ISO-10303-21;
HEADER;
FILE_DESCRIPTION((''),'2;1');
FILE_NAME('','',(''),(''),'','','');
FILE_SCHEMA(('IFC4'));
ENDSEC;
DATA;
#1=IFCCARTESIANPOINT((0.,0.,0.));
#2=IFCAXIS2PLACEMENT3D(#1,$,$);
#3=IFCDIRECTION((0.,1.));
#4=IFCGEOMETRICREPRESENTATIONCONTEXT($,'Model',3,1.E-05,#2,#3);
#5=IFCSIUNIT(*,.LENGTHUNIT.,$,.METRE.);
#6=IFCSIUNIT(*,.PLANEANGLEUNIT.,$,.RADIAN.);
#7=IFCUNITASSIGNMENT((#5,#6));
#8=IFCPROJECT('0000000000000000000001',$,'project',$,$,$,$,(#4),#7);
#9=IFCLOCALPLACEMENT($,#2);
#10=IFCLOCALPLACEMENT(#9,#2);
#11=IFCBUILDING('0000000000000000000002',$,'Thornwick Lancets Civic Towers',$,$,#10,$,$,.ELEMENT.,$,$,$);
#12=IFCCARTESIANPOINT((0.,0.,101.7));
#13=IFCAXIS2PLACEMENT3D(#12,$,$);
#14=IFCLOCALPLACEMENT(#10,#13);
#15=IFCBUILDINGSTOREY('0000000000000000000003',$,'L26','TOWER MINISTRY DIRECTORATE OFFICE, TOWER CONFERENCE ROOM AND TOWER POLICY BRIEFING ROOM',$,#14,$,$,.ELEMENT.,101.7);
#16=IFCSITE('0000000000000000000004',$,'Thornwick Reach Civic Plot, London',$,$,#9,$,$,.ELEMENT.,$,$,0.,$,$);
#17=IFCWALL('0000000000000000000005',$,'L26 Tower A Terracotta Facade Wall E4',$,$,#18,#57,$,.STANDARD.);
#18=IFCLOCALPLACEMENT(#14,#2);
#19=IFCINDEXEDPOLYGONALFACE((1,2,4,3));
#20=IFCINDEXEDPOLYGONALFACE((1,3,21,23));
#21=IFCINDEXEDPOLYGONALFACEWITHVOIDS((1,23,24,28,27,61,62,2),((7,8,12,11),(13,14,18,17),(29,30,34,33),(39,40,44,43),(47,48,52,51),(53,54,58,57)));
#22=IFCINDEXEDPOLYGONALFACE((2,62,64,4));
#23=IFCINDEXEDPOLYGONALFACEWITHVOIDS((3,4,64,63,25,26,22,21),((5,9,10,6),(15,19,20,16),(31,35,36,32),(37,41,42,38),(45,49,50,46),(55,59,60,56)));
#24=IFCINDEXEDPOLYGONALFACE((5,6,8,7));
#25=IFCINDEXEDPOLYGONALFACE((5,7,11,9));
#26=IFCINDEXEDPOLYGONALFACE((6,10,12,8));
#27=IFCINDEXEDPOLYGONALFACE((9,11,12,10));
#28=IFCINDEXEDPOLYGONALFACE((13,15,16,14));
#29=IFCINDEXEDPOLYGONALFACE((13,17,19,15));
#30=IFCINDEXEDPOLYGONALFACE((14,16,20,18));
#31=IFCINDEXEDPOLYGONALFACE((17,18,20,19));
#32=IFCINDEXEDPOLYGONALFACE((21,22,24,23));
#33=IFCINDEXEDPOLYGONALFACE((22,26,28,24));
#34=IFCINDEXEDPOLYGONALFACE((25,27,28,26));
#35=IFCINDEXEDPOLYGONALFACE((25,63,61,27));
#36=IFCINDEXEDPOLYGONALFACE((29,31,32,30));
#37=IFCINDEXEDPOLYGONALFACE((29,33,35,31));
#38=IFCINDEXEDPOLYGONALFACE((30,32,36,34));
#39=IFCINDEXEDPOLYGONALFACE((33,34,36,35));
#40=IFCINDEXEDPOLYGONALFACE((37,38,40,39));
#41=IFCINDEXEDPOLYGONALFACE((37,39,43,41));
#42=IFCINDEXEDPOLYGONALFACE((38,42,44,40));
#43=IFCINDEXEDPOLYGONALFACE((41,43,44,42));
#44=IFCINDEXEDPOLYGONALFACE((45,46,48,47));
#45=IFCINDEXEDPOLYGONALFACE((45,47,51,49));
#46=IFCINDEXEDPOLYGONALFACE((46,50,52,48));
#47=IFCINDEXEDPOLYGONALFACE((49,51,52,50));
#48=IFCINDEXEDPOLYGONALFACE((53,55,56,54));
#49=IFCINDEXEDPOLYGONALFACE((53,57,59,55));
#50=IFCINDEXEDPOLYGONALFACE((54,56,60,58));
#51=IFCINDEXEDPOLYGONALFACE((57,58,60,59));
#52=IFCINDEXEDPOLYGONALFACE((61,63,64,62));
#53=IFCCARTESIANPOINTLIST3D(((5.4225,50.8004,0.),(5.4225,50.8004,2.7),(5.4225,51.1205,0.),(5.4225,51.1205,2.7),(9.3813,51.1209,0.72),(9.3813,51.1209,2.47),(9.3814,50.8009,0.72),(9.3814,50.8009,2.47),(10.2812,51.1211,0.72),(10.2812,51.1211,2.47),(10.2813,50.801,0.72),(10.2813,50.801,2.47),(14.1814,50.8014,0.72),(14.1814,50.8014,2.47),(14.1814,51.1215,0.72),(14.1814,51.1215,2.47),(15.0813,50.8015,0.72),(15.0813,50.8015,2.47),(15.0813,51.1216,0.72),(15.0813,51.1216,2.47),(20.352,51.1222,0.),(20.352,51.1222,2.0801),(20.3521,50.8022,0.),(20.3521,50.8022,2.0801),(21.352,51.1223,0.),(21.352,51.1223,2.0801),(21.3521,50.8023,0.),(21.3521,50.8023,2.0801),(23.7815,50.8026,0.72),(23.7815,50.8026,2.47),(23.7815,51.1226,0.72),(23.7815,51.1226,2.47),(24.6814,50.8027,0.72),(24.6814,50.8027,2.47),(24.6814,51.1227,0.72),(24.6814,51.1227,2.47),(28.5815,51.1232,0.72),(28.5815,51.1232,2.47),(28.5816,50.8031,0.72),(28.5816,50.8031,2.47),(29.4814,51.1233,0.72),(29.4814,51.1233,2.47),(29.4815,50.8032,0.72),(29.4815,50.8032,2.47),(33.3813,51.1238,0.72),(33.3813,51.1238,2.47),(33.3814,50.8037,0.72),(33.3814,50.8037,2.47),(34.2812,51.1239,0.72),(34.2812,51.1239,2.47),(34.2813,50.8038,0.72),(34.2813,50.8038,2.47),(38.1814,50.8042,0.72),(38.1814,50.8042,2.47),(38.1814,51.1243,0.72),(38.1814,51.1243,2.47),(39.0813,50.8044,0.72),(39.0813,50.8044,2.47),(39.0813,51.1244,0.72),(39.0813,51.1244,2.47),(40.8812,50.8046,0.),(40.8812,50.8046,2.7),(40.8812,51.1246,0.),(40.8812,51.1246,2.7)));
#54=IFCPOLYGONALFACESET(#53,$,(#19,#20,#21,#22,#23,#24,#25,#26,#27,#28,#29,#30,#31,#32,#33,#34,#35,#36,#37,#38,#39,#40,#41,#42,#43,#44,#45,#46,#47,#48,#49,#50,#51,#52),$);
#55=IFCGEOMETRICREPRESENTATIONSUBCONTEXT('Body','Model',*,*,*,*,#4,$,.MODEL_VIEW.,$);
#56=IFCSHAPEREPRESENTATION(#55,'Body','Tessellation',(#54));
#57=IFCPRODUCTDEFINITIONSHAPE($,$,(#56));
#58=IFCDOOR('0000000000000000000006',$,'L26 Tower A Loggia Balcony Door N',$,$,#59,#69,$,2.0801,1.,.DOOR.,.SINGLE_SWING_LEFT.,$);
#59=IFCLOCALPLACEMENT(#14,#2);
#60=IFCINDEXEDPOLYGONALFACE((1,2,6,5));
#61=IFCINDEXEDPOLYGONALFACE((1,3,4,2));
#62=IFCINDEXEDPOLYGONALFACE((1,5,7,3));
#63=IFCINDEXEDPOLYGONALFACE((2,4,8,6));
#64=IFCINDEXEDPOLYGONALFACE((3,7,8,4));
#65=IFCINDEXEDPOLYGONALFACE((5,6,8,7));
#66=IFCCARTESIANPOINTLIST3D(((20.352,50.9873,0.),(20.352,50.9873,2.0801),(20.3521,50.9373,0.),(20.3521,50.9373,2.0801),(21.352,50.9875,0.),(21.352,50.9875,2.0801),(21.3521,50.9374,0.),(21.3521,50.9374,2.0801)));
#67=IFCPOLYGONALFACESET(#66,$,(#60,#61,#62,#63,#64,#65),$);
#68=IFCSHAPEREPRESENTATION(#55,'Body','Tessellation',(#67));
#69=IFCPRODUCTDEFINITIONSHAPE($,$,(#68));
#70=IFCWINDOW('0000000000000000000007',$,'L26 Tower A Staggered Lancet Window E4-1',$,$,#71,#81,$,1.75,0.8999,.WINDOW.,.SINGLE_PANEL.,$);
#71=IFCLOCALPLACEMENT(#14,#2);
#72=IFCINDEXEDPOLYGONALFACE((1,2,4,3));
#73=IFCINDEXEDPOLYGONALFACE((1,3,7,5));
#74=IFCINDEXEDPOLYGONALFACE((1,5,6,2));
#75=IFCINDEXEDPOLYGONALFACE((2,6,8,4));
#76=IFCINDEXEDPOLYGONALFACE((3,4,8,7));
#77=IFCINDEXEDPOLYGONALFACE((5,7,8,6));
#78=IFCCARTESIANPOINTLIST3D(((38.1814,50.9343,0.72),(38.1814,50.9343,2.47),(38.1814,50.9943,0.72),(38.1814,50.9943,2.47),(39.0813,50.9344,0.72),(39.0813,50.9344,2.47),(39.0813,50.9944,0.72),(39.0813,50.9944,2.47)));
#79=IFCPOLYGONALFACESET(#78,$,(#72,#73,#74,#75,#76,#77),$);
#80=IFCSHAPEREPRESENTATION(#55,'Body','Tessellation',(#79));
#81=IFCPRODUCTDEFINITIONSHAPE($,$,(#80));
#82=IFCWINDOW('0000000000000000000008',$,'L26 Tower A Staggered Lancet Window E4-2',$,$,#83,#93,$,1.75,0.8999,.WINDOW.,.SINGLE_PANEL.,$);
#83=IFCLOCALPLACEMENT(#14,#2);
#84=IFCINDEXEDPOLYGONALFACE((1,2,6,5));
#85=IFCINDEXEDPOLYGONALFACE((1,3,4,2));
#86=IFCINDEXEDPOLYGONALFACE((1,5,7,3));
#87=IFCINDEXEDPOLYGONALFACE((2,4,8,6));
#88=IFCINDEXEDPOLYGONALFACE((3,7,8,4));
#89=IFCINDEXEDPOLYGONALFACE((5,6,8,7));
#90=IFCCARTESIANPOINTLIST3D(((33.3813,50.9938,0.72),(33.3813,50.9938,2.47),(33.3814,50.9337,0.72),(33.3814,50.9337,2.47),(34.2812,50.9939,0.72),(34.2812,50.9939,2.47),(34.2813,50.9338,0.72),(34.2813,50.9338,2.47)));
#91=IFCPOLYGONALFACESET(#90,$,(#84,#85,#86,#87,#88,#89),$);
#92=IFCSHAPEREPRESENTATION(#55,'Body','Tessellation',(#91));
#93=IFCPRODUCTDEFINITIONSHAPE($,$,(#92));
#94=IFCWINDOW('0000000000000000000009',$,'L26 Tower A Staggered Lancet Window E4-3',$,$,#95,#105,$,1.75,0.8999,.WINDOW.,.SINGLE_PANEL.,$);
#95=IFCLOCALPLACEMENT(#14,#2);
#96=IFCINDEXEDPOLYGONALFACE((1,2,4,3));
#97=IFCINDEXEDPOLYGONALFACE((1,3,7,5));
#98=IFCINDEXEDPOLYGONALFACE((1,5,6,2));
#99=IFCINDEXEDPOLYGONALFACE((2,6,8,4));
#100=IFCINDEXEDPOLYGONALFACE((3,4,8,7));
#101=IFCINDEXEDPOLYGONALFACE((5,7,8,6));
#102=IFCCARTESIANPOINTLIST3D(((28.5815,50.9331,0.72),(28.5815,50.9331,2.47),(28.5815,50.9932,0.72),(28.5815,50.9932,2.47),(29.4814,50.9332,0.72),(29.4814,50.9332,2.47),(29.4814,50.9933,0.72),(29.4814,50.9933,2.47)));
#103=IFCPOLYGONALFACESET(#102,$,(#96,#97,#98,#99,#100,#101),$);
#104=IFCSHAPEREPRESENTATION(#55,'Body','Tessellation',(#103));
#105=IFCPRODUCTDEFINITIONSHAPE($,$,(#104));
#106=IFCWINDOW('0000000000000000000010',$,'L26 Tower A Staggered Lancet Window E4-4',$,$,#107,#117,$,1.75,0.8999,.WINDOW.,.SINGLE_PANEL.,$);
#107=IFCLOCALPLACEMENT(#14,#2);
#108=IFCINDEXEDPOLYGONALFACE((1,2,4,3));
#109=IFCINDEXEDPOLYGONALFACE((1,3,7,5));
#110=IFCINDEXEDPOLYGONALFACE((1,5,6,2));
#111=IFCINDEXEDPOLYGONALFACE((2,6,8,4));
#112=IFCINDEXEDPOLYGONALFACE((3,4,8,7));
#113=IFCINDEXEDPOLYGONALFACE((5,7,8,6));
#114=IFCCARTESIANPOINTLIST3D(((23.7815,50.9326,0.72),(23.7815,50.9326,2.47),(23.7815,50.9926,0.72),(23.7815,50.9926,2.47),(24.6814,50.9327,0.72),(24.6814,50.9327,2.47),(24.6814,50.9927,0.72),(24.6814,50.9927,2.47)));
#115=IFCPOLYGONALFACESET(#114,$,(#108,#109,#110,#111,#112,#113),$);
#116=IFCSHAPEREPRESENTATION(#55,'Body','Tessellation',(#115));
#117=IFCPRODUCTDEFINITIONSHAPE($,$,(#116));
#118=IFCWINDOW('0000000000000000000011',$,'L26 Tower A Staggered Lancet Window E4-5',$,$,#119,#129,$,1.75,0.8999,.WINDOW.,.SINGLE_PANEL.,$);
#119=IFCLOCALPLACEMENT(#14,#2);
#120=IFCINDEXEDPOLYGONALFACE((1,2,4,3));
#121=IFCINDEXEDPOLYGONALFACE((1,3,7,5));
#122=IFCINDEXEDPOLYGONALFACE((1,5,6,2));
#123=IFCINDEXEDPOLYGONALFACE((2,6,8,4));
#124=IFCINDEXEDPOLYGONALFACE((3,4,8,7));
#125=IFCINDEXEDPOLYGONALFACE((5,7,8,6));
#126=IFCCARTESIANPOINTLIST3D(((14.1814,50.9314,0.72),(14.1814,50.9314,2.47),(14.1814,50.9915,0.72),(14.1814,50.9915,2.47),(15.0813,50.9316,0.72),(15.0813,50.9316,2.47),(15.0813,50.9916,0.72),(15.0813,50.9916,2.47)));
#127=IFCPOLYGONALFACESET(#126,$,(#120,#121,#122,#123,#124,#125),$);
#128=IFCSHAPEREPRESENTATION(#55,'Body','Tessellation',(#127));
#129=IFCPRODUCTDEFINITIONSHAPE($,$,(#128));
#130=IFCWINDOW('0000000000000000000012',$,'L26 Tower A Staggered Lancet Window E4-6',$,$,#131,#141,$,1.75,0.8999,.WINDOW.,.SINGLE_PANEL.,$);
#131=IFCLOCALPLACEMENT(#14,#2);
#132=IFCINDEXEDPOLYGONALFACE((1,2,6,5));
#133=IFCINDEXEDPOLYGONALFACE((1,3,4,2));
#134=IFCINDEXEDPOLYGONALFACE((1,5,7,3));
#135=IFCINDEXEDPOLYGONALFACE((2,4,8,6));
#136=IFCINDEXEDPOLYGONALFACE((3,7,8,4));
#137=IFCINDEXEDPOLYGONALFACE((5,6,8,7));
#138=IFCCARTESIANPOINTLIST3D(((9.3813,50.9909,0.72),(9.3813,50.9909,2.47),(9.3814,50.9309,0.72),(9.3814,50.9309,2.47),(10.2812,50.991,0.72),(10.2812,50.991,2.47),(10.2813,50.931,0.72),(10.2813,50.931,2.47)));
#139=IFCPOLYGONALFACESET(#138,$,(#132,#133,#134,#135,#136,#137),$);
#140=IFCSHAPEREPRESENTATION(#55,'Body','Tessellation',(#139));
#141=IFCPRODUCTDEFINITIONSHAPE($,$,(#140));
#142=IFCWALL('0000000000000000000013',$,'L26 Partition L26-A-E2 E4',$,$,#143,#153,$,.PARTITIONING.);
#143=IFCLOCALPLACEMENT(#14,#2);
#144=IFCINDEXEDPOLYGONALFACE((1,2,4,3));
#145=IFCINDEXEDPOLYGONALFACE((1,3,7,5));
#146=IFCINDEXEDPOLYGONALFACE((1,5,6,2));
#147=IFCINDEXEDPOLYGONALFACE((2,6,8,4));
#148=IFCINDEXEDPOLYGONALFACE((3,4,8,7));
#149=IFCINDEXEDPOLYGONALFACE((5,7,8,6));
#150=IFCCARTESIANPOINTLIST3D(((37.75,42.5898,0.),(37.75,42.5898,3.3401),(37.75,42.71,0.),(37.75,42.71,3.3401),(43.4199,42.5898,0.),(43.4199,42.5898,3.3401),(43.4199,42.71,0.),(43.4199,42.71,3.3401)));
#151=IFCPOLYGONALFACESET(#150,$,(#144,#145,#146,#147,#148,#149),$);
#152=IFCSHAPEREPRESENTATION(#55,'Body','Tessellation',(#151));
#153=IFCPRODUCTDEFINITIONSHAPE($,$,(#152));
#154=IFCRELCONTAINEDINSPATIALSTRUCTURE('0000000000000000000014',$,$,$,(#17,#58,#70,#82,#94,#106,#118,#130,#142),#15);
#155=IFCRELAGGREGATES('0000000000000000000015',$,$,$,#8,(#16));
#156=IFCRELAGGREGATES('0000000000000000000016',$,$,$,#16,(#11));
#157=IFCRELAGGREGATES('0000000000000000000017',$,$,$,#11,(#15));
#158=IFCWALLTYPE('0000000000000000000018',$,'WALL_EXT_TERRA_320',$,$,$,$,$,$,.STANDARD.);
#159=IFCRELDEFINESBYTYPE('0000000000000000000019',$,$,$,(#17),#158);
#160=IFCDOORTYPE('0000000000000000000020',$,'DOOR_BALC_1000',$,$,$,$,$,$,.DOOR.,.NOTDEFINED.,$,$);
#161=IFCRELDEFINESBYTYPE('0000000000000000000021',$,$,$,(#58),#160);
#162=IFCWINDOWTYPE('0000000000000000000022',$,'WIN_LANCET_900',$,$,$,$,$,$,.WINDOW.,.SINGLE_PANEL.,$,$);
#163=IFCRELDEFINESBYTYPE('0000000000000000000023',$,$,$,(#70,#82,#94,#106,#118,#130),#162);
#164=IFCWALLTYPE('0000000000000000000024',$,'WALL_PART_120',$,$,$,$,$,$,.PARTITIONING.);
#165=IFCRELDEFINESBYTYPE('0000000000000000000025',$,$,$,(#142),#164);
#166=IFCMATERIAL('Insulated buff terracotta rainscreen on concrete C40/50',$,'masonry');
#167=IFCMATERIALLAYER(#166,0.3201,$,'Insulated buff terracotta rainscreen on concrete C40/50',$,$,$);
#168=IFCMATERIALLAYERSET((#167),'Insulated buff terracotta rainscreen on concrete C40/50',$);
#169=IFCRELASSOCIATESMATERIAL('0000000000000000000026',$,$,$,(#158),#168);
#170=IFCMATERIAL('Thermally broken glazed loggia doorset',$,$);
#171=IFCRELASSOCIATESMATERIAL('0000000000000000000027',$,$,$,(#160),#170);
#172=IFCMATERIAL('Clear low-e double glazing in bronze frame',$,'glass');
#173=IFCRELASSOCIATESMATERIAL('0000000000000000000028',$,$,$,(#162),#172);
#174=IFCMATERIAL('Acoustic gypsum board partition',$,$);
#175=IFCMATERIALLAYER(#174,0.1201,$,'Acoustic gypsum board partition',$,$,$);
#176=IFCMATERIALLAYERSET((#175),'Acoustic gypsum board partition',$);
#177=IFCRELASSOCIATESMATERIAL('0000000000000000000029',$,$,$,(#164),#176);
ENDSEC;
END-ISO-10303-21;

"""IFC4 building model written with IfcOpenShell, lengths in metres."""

from ifc_helpers import new_model, si_unit, direction, frame, frame_2d, origin, place, context, subcontext, project, spatial, rectangle, extrude, material, layer, layer_set, type_object, element, fill, save


model = new_model("IFC4")

# Units and contexts
model_context = context("Model", 3, precision=1e-05, world=origin(), true_north=direction((0.0, 1.0)))
body_context = subcontext(model_context, "Body", "Model", "MODEL_VIEW")
ifc_project = project(units=[si_unit("LENGTHUNIT", "METRE"), si_unit("PLANEANGLEUNIT", "RADIAN")], contexts=[model_context])

# Site, building, storey
site_placement = place(None, origin())
site = spatial("IfcSite", under=ifc_project, at=site_placement, Name="Thornwick Reach Civic Plot, London", CompositionType="ELEMENT", RefElevation=0.0)
building_placement = place(site_placement, origin())
building = spatial("IfcBuilding", under=site, at=building_placement, Name="Thornwick Lancets Civic Towers", CompositionType="ELEMENT")
storey_placement = place(building_placement, frame((0.0, 0.0, 101.7)))
storey = spatial("IfcBuildingStorey", under=building, at=storey_placement, Name="L26", Description="TOWER MINISTRY DIRECTORATE OFFICE, TOWER CONFERENCE ROOM AND TOWER POLICY BRIEFING ROOM", CompositionType="ELEMENT", Elevation=101.7)

# Wall, openings, door, windows
ifc_material_1 = material(Name="Insulated buff terracotta rainscreen on concrete C40/50", Category="masonry")
ifc_layer_1 = layer(ifc_material_1, 0.3201, Name="Insulated buff terracotta rainscreen on concrete C40/50")
ifc_layer_set_1 = layer_set([ifc_layer_1], Name="Insulated buff terracotta rainscreen on concrete C40/50")
wall_type_1 = type_object("IfcWallType", Name="WALL_EXT_TERRA_320", PredefinedType="STANDARD", material=ifc_layer_set_1)
wall_1_placement = place(storey_placement, frame((40.8813, 50.9646, 0.0), z_axis=(0.0, 0.0, 1.0), x_axis=(-1.0, -0.000117, 0.0)))
wall_1 = element("IfcWall", 1, at=wall_1_placement, inside=storey, type_object=wall_type_1, Name="L26 Tower A Terracotta Facade Wall E4", PredefinedType="STANDARD", context=body_context, shape_type="SweptSolid", body=[
    extrude(rectangle(XDim=35.4587, YDim=0.3201, at=frame_2d((17.7295, 0.0))), origin(), (0.0, 0.0, 1.0), 2.7),
])
opening_1_placement = place(wall_1_placement, frame((19.5293, 0.0, 0.0)))
opening_1 = element("IfcOpeningElement", 2, at=opening_1_placement, cuts=wall_1, PredefinedType="OPENING", context=body_context, shape_type="SweptSolid", body=[
    extrude(rectangle(XDim=1.0, YDim=2.0801, at=frame_2d((0.5, 1.04))), frame((0.0, 0.1699, 0.0), z_axis=(0.0, -1.0, 0.0), x_axis=(1.0, 0.0, 0.0)), (0.0, 0.0, 1.0), 0.3401),
])
opening_2_placement = place(wall_1_placement, frame((1.8, 0.0, 0.72)))
opening_2 = element("IfcOpeningElement", 3, at=opening_2_placement, cuts=wall_1, PredefinedType="OPENING", context=body_context, shape_type="SweptSolid", body=[
    extrude(rectangle(XDim=0.8999, YDim=1.75, at=frame_2d((0.45, 0.875))), frame((0.0, 0.1699, 0.0), z_axis=(0.0, -1.0, 0.0), x_axis=(1.0, 0.0, 0.0)), (0.0, 0.0, 1.0), 0.3401),
])
opening_3_placement = place(wall_1_placement, frame((6.6001, 0.0, 0.72)))
opening_3 = element("IfcOpeningElement", 4, at=opening_3_placement, cuts=wall_1, PredefinedType="OPENING", context=body_context, shape_type="SweptSolid", body=[
    extrude(rectangle(XDim=0.8999, YDim=1.75, at=frame_2d((0.45, 0.875))), frame((0.0, 0.1699, 0.0), z_axis=(0.0, -1.0, 0.0), x_axis=(1.0, 0.0, 0.0)), (0.0, 0.0, 1.0), 0.3401),
])
opening_4_placement = place(wall_1_placement, frame((11.3999, 0.0, 0.72)))
opening_4 = element("IfcOpeningElement", 5, at=opening_4_placement, cuts=wall_1, PredefinedType="OPENING", context=body_context, shape_type="SweptSolid", body=[
    extrude(rectangle(XDim=0.8999, YDim=1.75, at=frame_2d((0.45, 0.875))), frame((0.0, 0.1699, 0.0), z_axis=(0.0, -1.0, 0.0), x_axis=(1.0, 0.0, 0.0)), (0.0, 0.0, 1.0), 0.3401),
])
opening_5_placement = place(wall_1_placement, frame((16.2, 0.0, 0.72)))
opening_5 = element("IfcOpeningElement", 6, at=opening_5_placement, cuts=wall_1, PredefinedType="OPENING", context=body_context, shape_type="SweptSolid", body=[
    extrude(rectangle(XDim=0.8999, YDim=1.75, at=frame_2d((0.45, 0.875))), frame((0.0, 0.1699, 0.0), z_axis=(0.0, -1.0, 0.0), x_axis=(1.0, 0.0, 0.0)), (0.0, 0.0, 1.0), 0.3401),
])
opening_6_placement = place(wall_1_placement, frame((25.8, 0.0, 0.72)))
opening_6 = element("IfcOpeningElement", 7, at=opening_6_placement, cuts=wall_1, PredefinedType="OPENING", context=body_context, shape_type="SweptSolid", body=[
    extrude(rectangle(XDim=0.8999, YDim=1.75, at=frame_2d((0.45, 0.875))), frame((0.0, 0.1699, 0.0), z_axis=(0.0, -1.0, 0.0), x_axis=(1.0, 0.0, 0.0)), (0.0, 0.0, 1.0), 0.3401),
])
opening_7_placement = place(wall_1_placement, frame((30.6001, 0.0, 0.72)))
opening_7 = element("IfcOpeningElement", 8, at=opening_7_placement, cuts=wall_1, PredefinedType="OPENING", context=body_context, shape_type="SweptSolid", body=[
    extrude(rectangle(XDim=0.8999, YDim=1.75, at=frame_2d((0.45, 0.875))), frame((0.0, 0.1699, 0.0), z_axis=(0.0, -1.0, 0.0), x_axis=(1.0, 0.0, 0.0)), (0.0, 0.0, 1.0), 0.3401),
])
ifc_material_2 = material(Name="Thermally broken glazed loggia doorset")
door_type_1 = type_object("IfcDoorType", Name="DOOR_BALC_1000", OperationType="NOTDEFINED", PredefinedType="DOOR", material=ifc_material_2)
door_1_placement = place(opening_1_placement, origin())
door_1 = element("IfcDoor", 9, at=door_1_placement, inside=storey, type_object=door_type_1, Name="L26 Tower A Loggia Balcony Door N", OperationType="SINGLE_SWING_LEFT", OverallHeight=2.0801, OverallWidth=1.0, PredefinedType="DOOR", context=body_context, shape_type="SweptSolid", body=[
    extrude(rectangle(XDim=1.0, YDim=2.0801, at=frame_2d((0.5, 1.04))), frame((0.0, 0.0249, 0.0), z_axis=(0.0, -1.0, 0.0), x_axis=(1.0, 0.0, 0.0)), (0.0, 0.0, 1.0), 0.05),
])
fill(opening_1, door_1)
ifc_material_3 = material(Name="Clear low-e double glazing in bronze frame", Category="glass")
window_type = type_object("IfcWindowType", Name="WIN_LANCET_900", PartitioningType="SINGLE_PANEL", PredefinedType="WINDOW", material=ifc_material_3)
window_1_placement = place(opening_2_placement, origin())
window_1 = element("IfcWindow", 10, at=window_1_placement, inside=storey, type_object=window_type, Name="L26 Tower A Staggered Lancet Window E4-1", OverallHeight=1.75, OverallWidth=0.8999, PartitioningType="SINGLE_PANEL", PredefinedType="WINDOW", context=body_context, shape_type="SweptSolid", body=[
    extrude(rectangle(XDim=0.8999, YDim=1.75, at=frame_2d((0.45, 0.875))), frame((0.0, 0.03, 0.0), z_axis=(0.0, -1.0, 0.0), x_axis=(1.0, 0.0, 0.0)), (0.0, 0.0, 1.0), 0.0601),
])
fill(opening_2, window_1)
window_2_placement = place(opening_3_placement, origin())
window_2 = element("IfcWindow", 11, at=window_2_placement, inside=storey, type_object=window_type, Name="L26 Tower A Staggered Lancet Window E4-2", OverallHeight=1.75, OverallWidth=0.8999, PartitioningType="SINGLE_PANEL", PredefinedType="WINDOW", context=body_context, shape_type="SweptSolid", body=[
    extrude(rectangle(XDim=0.8999, YDim=1.75, at=frame_2d((0.45, 0.875))), frame((0.0, 0.03, 0.0), z_axis=(0.0, -1.0, 0.0), x_axis=(1.0, 0.0, 0.0)), (0.0, 0.0, 1.0), 0.0601),
])
fill(opening_3, window_2)
window_3_placement = place(opening_4_placement, origin())
window_3 = element("IfcWindow", 12, at=window_3_placement, inside=storey, type_object=window_type, Name="L26 Tower A Staggered Lancet Window E4-3", OverallHeight=1.75, OverallWidth=0.8999, PartitioningType="SINGLE_PANEL", PredefinedType="WINDOW", context=body_context, shape_type="SweptSolid", body=[
    extrude(rectangle(XDim=0.8999, YDim=1.75, at=frame_2d((0.45, 0.875))), frame((0.0, 0.03, 0.0), z_axis=(0.0, -1.0, 0.0), x_axis=(1.0, 0.0, 0.0)), (0.0, 0.0, 1.0), 0.0601),
])
fill(opening_4, window_3)
window_4_placement = place(opening_5_placement, origin())
window_4 = element("IfcWindow", 13, at=window_4_placement, inside=storey, type_object=window_type, Name="L26 Tower A Staggered Lancet Window E4-4", OverallHeight=1.75, OverallWidth=0.8999, PartitioningType="SINGLE_PANEL", PredefinedType="WINDOW", context=body_context, shape_type="SweptSolid", body=[
    extrude(rectangle(XDim=0.8999, YDim=1.75, at=frame_2d((0.45, 0.875))), frame((0.0, 0.03, 0.0), z_axis=(0.0, -1.0, 0.0), x_axis=(1.0, 0.0, 0.0)), (0.0, 0.0, 1.0), 0.0601),
])
fill(opening_5, window_4)
window_5_placement = place(opening_6_placement, origin())
window_5 = element("IfcWindow", 14, at=window_5_placement, inside=storey, type_object=window_type, Name="L26 Tower A Staggered Lancet Window E4-5", OverallHeight=1.75, OverallWidth=0.8999, PartitioningType="SINGLE_PANEL", PredefinedType="WINDOW", context=body_context, shape_type="SweptSolid", body=[
    extrude(rectangle(XDim=0.8999, YDim=1.75, at=frame_2d((0.45, 0.875))), frame((0.0, 0.03, 0.0), z_axis=(0.0, -1.0, 0.0), x_axis=(1.0, 0.0, 0.0)), (0.0, 0.0, 1.0), 0.0601),
])
fill(opening_6, window_5)
window_6_placement = place(opening_7_placement, origin())
window_6 = element("IfcWindow", 15, at=window_6_placement, inside=storey, type_object=window_type, Name="L26 Tower A Staggered Lancet Window E4-6", OverallHeight=1.75, OverallWidth=0.8999, PartitioningType="SINGLE_PANEL", PredefinedType="WINDOW", context=body_context, shape_type="SweptSolid", body=[
    extrude(rectangle(XDim=0.8999, YDim=1.75, at=frame_2d((0.45, 0.875))), frame((0.0, 0.03, 0.0), z_axis=(0.0, -1.0, 0.0), x_axis=(1.0, 0.0, 0.0)), (0.0, 0.0, 1.0), 0.0601),
])
fill(opening_7, window_6)

# Wall
ifc_material_4 = material(Name="Acoustic gypsum board partition")
ifc_layer_2 = layer(ifc_material_4, 0.1201, Name="Acoustic gypsum board partition")
ifc_layer_set_2 = layer_set([ifc_layer_2], Name="Acoustic gypsum board partition")
wall_type_2 = type_object("IfcWallType", Name="WALL_PART_120", PredefinedType="PARTITIONING", material=ifc_layer_set_2)
wall_2_placement = place(storey_placement, frame((37.75, 42.6499, 0.0), z_axis=(0.0, 0.0, 1.0), x_axis=(1.0, 0.0, 0.0)))
element("IfcWall", 16, at=wall_2_placement, inside=storey, type_object=wall_type_2, Name="L26 Partition L26-A-E2 E4", PredefinedType="PARTITIONING", context=body_context, shape_type="SweptSolid", body=[
    extrude(rectangle(XDim=5.6699, YDim=0.1201, at=frame_2d((2.835, 0.0))), origin(), (0.0, 0.0, 1.0), 3.3401),
])

save(model, "model.ifc")
